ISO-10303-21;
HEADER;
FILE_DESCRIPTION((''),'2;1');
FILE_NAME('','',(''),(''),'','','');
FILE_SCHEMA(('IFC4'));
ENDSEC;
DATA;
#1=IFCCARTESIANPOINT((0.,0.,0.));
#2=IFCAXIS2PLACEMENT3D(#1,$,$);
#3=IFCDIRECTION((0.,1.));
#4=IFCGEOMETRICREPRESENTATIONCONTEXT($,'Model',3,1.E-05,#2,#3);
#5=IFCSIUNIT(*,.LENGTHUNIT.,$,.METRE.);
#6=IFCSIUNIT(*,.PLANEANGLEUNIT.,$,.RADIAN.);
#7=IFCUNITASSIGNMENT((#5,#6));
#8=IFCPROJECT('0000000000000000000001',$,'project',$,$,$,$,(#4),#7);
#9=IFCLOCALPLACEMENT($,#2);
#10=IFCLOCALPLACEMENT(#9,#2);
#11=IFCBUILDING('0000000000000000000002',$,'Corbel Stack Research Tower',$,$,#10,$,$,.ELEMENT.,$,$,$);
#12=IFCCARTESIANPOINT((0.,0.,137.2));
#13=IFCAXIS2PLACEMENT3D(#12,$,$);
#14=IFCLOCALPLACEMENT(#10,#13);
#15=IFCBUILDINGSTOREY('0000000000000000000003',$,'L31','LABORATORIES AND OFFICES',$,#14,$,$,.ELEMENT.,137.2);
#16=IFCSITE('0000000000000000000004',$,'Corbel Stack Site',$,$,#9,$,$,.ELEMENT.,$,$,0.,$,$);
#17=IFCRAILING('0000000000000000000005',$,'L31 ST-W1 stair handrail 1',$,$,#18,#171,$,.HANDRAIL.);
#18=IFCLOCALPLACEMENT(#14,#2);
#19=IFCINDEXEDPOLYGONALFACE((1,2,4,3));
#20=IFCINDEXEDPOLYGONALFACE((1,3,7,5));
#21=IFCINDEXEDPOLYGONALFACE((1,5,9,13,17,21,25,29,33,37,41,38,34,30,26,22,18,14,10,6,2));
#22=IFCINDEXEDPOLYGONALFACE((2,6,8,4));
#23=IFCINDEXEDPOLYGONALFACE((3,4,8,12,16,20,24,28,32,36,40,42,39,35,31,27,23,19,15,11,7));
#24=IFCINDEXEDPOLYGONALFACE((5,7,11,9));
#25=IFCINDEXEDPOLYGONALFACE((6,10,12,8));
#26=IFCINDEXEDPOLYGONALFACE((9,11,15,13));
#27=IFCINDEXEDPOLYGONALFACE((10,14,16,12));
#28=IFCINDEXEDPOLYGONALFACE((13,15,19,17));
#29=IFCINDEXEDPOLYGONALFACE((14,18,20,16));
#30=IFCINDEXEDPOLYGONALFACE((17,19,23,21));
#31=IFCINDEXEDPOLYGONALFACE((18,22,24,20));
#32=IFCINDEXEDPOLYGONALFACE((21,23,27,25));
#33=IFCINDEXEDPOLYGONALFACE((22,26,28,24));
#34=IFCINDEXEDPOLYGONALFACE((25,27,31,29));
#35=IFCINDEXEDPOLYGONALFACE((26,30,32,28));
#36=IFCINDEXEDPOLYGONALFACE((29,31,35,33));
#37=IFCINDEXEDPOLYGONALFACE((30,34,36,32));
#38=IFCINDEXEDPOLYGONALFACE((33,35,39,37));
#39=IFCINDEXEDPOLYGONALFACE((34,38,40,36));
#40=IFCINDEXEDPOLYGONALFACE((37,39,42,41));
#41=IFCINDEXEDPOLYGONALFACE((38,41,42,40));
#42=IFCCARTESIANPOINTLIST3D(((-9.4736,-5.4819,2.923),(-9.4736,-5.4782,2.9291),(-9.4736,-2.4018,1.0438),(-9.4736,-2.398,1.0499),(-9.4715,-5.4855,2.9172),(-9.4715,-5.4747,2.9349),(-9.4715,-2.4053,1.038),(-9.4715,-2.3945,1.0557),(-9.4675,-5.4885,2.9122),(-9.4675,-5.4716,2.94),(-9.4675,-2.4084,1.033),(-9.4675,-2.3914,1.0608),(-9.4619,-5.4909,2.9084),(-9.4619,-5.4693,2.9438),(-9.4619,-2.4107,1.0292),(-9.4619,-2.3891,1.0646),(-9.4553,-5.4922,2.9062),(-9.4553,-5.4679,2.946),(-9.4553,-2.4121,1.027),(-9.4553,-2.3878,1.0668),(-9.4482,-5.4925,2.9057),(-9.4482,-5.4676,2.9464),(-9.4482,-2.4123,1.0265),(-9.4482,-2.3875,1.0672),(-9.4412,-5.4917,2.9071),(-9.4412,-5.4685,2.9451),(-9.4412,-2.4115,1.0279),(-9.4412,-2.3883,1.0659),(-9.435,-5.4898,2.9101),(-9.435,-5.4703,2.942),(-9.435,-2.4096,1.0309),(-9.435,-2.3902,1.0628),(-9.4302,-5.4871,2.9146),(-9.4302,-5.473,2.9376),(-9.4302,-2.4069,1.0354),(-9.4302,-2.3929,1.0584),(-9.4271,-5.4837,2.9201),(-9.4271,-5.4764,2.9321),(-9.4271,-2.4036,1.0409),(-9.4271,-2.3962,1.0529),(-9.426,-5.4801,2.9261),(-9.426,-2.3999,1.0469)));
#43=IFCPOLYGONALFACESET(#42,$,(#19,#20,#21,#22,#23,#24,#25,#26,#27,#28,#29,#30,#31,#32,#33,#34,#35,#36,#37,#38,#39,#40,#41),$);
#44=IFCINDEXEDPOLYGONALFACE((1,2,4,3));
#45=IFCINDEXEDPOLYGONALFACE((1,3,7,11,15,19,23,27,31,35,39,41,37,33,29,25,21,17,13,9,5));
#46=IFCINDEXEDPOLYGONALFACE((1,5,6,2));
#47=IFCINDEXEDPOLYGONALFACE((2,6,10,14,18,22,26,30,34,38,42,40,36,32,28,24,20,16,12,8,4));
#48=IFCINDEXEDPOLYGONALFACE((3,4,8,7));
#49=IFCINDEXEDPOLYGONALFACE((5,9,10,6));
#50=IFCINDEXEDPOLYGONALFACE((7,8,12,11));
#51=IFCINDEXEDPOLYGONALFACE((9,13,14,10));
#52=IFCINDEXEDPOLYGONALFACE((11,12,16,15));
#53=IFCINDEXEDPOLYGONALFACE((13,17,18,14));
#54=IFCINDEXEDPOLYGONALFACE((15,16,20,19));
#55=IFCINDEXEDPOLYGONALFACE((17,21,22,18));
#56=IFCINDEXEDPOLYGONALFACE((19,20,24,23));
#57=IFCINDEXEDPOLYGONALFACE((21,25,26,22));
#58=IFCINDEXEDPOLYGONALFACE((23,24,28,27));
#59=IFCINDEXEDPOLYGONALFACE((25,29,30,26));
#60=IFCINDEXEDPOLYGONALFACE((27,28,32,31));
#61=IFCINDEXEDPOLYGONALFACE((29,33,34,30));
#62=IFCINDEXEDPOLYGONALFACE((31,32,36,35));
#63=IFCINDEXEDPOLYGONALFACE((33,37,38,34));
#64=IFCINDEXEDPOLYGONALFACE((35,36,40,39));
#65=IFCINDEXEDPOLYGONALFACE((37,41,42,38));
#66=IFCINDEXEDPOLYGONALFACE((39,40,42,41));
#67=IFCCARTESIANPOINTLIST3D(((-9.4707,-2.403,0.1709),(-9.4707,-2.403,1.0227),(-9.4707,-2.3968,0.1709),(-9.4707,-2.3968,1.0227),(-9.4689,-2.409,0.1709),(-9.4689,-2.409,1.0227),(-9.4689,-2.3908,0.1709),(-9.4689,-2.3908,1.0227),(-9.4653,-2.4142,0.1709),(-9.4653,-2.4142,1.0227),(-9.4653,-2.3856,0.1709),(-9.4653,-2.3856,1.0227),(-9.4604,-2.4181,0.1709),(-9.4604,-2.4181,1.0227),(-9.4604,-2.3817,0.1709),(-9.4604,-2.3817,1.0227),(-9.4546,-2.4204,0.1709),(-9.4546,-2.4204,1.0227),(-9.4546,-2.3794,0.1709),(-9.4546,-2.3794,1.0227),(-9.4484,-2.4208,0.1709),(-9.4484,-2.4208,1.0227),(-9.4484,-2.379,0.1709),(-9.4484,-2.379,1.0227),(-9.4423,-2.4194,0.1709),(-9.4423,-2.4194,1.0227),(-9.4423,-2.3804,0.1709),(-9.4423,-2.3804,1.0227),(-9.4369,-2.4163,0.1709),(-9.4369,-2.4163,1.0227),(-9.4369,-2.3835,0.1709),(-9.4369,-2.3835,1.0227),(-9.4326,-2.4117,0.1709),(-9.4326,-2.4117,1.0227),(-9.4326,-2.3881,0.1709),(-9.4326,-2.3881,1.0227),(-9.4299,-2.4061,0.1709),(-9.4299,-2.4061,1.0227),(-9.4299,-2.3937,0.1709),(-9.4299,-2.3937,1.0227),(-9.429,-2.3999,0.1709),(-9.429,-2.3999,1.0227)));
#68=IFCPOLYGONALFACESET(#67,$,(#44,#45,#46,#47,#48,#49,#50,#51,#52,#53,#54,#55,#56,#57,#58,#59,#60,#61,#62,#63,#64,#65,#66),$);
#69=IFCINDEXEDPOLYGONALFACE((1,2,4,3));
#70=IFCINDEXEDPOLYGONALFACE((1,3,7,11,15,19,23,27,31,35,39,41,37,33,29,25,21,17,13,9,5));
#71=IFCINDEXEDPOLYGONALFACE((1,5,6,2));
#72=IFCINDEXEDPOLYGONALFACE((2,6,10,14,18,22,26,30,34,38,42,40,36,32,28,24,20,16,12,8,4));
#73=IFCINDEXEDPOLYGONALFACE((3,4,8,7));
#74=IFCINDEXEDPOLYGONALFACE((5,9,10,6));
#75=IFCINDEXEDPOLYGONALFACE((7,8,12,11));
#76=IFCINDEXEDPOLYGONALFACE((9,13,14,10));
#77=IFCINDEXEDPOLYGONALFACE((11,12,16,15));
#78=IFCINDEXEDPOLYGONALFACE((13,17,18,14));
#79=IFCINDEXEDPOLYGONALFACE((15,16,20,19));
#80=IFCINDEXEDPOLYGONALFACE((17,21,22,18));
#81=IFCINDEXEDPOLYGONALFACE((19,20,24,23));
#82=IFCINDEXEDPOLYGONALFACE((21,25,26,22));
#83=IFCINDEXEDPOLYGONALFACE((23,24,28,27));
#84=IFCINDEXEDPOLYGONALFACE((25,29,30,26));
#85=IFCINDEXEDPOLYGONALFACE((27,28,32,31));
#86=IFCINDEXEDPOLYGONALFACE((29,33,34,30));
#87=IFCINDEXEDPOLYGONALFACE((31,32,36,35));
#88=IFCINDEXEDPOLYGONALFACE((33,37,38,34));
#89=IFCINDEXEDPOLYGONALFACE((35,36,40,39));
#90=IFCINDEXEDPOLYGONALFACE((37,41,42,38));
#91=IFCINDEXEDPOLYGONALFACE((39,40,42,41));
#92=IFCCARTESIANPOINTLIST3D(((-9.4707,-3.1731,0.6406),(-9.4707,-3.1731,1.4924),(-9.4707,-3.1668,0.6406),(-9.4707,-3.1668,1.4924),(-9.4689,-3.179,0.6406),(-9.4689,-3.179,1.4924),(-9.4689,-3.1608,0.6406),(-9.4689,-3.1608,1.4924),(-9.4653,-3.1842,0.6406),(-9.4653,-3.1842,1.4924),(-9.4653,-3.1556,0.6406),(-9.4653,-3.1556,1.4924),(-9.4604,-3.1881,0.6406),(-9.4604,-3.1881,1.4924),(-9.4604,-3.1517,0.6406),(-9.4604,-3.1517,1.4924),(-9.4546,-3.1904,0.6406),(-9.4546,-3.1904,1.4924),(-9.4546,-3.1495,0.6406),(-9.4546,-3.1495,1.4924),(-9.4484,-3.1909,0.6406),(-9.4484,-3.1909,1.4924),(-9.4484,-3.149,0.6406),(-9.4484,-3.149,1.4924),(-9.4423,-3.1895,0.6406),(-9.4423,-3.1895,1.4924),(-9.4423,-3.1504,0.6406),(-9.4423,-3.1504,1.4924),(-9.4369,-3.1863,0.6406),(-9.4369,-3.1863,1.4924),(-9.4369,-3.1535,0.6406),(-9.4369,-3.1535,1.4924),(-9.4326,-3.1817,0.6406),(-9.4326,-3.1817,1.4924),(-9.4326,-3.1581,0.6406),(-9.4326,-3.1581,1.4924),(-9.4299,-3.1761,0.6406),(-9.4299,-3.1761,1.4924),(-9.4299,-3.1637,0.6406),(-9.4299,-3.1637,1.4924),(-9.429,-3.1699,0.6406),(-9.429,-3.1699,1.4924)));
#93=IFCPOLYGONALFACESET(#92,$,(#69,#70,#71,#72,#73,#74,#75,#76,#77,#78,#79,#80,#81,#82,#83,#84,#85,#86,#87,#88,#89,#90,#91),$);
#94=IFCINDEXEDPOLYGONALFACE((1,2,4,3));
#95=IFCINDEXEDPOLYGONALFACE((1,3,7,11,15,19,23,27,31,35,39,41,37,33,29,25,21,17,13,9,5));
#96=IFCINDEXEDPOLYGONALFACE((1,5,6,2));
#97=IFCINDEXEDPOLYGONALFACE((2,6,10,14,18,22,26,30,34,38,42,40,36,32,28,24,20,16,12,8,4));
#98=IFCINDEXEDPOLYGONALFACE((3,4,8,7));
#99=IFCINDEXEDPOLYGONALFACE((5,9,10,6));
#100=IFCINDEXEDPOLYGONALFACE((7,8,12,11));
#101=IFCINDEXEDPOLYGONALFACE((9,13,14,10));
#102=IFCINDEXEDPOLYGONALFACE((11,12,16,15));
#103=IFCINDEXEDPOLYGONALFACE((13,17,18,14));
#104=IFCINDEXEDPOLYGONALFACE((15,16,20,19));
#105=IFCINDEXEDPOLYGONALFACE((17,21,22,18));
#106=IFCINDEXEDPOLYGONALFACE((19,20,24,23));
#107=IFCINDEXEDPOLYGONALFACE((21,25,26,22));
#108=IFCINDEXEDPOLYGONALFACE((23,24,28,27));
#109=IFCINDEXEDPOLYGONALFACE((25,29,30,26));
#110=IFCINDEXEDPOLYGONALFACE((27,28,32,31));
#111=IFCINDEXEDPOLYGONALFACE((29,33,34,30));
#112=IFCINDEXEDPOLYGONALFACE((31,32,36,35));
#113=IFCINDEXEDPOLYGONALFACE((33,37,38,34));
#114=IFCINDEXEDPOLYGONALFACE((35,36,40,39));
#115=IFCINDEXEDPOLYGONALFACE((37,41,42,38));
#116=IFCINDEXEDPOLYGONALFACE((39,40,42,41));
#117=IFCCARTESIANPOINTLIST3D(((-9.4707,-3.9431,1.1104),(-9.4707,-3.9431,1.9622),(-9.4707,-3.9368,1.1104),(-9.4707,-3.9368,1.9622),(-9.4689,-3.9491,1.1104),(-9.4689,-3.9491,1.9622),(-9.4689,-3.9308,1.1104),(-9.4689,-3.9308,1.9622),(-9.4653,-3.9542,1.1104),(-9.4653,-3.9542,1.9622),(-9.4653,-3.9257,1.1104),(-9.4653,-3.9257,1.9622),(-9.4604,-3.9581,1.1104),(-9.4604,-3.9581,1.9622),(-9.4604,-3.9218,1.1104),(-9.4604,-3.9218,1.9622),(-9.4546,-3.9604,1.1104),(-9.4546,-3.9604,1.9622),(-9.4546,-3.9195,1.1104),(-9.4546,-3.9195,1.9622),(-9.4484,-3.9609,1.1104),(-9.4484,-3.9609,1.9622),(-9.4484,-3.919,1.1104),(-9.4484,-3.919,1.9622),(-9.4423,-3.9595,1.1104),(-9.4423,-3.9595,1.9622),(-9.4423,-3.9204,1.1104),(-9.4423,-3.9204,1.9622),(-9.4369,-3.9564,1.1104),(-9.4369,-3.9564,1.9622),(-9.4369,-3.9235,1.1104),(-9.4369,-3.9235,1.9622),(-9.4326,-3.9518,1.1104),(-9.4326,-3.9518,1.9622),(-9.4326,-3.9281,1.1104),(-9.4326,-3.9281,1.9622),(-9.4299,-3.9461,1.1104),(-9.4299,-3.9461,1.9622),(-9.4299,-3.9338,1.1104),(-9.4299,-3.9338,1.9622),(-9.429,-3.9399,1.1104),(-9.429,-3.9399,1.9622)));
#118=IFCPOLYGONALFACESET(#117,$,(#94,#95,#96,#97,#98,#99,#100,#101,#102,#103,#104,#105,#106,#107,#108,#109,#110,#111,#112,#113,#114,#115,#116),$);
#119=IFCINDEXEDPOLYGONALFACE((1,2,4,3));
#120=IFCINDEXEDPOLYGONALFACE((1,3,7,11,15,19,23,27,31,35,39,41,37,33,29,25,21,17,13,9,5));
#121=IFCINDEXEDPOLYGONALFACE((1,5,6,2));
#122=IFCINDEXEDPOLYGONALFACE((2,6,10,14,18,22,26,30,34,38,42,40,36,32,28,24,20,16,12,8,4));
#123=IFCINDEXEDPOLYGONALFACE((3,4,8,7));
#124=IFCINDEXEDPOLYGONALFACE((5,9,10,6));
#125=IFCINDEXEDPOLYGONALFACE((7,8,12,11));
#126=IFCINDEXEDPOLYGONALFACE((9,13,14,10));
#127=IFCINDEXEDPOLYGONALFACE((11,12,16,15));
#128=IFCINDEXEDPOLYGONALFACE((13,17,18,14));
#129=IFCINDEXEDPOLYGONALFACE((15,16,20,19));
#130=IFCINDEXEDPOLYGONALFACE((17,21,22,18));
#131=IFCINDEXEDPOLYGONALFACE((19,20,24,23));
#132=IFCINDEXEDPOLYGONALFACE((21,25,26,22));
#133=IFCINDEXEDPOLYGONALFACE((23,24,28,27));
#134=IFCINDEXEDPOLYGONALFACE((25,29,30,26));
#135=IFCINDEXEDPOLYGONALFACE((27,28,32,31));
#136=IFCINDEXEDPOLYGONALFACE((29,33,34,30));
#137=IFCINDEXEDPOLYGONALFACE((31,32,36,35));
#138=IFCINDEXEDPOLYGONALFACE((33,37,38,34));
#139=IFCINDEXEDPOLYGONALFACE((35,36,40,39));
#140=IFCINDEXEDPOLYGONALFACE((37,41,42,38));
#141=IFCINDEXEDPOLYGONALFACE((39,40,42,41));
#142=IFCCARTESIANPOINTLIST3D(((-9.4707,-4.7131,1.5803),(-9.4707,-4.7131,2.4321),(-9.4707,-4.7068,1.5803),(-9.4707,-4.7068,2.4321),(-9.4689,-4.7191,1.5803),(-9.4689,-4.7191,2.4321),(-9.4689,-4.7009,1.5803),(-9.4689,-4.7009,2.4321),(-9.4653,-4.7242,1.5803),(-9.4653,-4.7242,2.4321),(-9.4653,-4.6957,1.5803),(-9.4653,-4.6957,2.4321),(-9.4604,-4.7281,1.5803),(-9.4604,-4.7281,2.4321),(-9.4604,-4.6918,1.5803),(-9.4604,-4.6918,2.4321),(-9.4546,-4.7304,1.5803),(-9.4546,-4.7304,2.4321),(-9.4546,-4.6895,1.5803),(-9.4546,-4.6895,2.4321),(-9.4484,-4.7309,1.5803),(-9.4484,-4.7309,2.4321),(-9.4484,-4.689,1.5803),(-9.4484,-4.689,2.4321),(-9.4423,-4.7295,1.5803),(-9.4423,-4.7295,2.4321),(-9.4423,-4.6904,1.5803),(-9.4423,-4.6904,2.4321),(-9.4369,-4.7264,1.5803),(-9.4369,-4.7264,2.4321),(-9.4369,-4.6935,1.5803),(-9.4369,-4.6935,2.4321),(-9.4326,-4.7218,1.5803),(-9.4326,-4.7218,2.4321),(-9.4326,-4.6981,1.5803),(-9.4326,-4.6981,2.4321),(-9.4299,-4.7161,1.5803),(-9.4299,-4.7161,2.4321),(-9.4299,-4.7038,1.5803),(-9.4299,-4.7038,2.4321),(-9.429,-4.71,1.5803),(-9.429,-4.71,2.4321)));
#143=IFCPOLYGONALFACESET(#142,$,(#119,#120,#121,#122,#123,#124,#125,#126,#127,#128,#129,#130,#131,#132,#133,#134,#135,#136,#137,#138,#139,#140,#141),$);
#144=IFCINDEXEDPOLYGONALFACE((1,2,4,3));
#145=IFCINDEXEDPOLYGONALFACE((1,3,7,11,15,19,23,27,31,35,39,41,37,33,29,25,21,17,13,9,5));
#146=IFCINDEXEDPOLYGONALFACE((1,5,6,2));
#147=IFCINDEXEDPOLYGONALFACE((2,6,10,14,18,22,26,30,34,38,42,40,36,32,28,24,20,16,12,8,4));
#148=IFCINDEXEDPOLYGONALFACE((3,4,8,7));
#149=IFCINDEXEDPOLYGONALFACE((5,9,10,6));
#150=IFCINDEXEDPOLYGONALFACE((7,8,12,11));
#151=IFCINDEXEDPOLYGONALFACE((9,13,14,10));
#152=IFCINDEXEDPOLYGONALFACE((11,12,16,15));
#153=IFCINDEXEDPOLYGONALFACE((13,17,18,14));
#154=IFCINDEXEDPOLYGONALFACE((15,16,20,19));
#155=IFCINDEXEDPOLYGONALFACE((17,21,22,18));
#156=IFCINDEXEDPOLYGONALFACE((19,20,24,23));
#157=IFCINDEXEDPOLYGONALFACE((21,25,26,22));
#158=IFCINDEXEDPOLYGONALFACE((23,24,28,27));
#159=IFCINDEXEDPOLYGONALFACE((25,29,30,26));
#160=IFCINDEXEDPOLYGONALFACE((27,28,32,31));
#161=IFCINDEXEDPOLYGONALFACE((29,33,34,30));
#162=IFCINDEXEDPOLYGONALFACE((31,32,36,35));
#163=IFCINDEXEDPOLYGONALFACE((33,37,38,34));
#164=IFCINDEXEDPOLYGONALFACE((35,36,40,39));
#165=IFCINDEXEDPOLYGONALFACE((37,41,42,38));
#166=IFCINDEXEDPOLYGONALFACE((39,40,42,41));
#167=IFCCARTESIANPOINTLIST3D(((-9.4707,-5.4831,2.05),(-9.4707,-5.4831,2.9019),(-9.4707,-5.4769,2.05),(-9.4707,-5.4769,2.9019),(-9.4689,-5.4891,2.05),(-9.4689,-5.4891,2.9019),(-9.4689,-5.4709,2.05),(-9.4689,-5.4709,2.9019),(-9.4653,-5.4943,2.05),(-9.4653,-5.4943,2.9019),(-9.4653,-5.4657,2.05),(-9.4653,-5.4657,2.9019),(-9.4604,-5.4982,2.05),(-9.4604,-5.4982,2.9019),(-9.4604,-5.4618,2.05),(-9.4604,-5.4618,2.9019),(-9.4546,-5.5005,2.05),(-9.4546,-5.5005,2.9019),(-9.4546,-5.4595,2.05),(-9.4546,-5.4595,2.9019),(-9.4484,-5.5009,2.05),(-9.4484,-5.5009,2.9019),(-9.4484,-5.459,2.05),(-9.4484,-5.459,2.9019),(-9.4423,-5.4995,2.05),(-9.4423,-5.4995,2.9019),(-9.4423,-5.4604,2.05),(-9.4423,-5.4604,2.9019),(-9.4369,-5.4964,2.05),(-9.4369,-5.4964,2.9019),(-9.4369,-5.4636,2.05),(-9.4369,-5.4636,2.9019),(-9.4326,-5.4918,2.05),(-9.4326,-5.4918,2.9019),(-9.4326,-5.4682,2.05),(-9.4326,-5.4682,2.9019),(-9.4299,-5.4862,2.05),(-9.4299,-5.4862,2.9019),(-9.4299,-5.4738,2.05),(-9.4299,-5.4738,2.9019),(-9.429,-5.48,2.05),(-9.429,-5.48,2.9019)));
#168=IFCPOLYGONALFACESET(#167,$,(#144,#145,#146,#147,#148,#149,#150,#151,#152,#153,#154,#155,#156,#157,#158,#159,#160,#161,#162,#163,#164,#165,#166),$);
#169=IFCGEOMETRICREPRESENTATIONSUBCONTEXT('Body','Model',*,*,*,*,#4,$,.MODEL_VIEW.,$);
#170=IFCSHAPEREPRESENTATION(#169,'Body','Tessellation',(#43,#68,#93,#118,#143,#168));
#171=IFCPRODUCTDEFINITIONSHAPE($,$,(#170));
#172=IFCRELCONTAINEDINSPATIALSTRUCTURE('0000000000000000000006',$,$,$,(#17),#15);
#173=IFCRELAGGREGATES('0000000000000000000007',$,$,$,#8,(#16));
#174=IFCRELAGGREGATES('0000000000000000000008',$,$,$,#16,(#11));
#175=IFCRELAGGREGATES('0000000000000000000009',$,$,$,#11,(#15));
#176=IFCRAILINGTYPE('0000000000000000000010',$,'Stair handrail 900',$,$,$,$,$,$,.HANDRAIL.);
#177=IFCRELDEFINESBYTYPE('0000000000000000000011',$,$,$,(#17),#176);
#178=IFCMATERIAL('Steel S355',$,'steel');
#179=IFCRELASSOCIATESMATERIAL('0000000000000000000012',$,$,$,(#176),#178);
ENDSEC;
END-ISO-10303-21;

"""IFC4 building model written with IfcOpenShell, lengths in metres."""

from ifc_helpers import new_model, si_unit, direction, frame, origin, origin_2d, place, context, subcontext, project, spatial, circle, extrude, material, type_object, element, save


model = new_model("IFC4")

# Units and contexts
model_context = context("Model", 3, precision=1e-05, world=origin(), true_north=direction((0.0, 1.0)))
body_context = subcontext(model_context, "Body", "Model", "MODEL_VIEW")
ifc_project = project(units=[si_unit("LENGTHUNIT", "METRE"), si_unit("PLANEANGLEUNIT", "RADIAN")], contexts=[model_context])

# Site, building, storey
site_placement = place(None, origin())
site = spatial("IfcSite", under=ifc_project, at=site_placement, Name="Corbel Stack Site", CompositionType="ELEMENT", RefElevation=0.0)
building_placement = place(site_placement, origin())
building = spatial("IfcBuilding", under=site, at=building_placement, Name="Corbel Stack Research Tower", CompositionType="ELEMENT")
storey_placement = place(building_placement, frame((0.0, 0.0, 137.2)))
storey = spatial("IfcBuildingStorey", under=building, at=storey_placement, Name="L31", Description="LABORATORIES AND OFFICES", CompositionType="ELEMENT", Elevation=137.2)

# Railing
ifc_material_1 = material(Name="Steel S355", Category="steel")
railing_type_1 = type_object("IfcRailingType", Name="Stair handrail 900", PredefinedType="HANDRAIL", material=ifc_material_1)
railing_1_placement = place(storey_placement, frame((-9.45, -2.3999, 0.1709)))
element("IfcRailing", 1, at=railing_1_placement, inside=storey, type_object=railing_type_1, Name="L31 ST-W1 stair handrail 1", PredefinedType="HANDRAIL", context=body_context, shape_type="SweptSolid", body=[
    extrude(circle(Radius=0.0239, at=origin_2d()), frame((0.0, 0.0, 0.876), z_axis=(0.0, -0.853666, 0.52082), x_axis=(1.0, 0.0, 0.0)), (0.0, 0.0, 1.0), 3.6082),
    extrude(circle(Radius=0.021, at=origin_2d()), origin(), (0.0, 0.0, 1.0), 0.8518),
    extrude(circle(Radius=0.021, at=origin_2d()), frame((0.0, -0.77, 0.4697)), (0.0, 0.0, 1.0), 0.8518),
    extrude(circle(Radius=0.021, at=origin_2d()), frame((0.0, -1.54, 0.9395)), (0.0, 0.0, 1.0), 0.8518),
    extrude(circle(Radius=0.021, at=origin_2d()), frame((0.0, -2.3101, 1.4094)), (0.0, 0.0, 1.0), 0.8518),
    extrude(circle(Radius=0.021, at=origin_2d()), frame((0.0, -3.0801, 1.8792)), (0.0, 0.0, 1.0), 0.8518),
])

save(model, "model.ifc")
